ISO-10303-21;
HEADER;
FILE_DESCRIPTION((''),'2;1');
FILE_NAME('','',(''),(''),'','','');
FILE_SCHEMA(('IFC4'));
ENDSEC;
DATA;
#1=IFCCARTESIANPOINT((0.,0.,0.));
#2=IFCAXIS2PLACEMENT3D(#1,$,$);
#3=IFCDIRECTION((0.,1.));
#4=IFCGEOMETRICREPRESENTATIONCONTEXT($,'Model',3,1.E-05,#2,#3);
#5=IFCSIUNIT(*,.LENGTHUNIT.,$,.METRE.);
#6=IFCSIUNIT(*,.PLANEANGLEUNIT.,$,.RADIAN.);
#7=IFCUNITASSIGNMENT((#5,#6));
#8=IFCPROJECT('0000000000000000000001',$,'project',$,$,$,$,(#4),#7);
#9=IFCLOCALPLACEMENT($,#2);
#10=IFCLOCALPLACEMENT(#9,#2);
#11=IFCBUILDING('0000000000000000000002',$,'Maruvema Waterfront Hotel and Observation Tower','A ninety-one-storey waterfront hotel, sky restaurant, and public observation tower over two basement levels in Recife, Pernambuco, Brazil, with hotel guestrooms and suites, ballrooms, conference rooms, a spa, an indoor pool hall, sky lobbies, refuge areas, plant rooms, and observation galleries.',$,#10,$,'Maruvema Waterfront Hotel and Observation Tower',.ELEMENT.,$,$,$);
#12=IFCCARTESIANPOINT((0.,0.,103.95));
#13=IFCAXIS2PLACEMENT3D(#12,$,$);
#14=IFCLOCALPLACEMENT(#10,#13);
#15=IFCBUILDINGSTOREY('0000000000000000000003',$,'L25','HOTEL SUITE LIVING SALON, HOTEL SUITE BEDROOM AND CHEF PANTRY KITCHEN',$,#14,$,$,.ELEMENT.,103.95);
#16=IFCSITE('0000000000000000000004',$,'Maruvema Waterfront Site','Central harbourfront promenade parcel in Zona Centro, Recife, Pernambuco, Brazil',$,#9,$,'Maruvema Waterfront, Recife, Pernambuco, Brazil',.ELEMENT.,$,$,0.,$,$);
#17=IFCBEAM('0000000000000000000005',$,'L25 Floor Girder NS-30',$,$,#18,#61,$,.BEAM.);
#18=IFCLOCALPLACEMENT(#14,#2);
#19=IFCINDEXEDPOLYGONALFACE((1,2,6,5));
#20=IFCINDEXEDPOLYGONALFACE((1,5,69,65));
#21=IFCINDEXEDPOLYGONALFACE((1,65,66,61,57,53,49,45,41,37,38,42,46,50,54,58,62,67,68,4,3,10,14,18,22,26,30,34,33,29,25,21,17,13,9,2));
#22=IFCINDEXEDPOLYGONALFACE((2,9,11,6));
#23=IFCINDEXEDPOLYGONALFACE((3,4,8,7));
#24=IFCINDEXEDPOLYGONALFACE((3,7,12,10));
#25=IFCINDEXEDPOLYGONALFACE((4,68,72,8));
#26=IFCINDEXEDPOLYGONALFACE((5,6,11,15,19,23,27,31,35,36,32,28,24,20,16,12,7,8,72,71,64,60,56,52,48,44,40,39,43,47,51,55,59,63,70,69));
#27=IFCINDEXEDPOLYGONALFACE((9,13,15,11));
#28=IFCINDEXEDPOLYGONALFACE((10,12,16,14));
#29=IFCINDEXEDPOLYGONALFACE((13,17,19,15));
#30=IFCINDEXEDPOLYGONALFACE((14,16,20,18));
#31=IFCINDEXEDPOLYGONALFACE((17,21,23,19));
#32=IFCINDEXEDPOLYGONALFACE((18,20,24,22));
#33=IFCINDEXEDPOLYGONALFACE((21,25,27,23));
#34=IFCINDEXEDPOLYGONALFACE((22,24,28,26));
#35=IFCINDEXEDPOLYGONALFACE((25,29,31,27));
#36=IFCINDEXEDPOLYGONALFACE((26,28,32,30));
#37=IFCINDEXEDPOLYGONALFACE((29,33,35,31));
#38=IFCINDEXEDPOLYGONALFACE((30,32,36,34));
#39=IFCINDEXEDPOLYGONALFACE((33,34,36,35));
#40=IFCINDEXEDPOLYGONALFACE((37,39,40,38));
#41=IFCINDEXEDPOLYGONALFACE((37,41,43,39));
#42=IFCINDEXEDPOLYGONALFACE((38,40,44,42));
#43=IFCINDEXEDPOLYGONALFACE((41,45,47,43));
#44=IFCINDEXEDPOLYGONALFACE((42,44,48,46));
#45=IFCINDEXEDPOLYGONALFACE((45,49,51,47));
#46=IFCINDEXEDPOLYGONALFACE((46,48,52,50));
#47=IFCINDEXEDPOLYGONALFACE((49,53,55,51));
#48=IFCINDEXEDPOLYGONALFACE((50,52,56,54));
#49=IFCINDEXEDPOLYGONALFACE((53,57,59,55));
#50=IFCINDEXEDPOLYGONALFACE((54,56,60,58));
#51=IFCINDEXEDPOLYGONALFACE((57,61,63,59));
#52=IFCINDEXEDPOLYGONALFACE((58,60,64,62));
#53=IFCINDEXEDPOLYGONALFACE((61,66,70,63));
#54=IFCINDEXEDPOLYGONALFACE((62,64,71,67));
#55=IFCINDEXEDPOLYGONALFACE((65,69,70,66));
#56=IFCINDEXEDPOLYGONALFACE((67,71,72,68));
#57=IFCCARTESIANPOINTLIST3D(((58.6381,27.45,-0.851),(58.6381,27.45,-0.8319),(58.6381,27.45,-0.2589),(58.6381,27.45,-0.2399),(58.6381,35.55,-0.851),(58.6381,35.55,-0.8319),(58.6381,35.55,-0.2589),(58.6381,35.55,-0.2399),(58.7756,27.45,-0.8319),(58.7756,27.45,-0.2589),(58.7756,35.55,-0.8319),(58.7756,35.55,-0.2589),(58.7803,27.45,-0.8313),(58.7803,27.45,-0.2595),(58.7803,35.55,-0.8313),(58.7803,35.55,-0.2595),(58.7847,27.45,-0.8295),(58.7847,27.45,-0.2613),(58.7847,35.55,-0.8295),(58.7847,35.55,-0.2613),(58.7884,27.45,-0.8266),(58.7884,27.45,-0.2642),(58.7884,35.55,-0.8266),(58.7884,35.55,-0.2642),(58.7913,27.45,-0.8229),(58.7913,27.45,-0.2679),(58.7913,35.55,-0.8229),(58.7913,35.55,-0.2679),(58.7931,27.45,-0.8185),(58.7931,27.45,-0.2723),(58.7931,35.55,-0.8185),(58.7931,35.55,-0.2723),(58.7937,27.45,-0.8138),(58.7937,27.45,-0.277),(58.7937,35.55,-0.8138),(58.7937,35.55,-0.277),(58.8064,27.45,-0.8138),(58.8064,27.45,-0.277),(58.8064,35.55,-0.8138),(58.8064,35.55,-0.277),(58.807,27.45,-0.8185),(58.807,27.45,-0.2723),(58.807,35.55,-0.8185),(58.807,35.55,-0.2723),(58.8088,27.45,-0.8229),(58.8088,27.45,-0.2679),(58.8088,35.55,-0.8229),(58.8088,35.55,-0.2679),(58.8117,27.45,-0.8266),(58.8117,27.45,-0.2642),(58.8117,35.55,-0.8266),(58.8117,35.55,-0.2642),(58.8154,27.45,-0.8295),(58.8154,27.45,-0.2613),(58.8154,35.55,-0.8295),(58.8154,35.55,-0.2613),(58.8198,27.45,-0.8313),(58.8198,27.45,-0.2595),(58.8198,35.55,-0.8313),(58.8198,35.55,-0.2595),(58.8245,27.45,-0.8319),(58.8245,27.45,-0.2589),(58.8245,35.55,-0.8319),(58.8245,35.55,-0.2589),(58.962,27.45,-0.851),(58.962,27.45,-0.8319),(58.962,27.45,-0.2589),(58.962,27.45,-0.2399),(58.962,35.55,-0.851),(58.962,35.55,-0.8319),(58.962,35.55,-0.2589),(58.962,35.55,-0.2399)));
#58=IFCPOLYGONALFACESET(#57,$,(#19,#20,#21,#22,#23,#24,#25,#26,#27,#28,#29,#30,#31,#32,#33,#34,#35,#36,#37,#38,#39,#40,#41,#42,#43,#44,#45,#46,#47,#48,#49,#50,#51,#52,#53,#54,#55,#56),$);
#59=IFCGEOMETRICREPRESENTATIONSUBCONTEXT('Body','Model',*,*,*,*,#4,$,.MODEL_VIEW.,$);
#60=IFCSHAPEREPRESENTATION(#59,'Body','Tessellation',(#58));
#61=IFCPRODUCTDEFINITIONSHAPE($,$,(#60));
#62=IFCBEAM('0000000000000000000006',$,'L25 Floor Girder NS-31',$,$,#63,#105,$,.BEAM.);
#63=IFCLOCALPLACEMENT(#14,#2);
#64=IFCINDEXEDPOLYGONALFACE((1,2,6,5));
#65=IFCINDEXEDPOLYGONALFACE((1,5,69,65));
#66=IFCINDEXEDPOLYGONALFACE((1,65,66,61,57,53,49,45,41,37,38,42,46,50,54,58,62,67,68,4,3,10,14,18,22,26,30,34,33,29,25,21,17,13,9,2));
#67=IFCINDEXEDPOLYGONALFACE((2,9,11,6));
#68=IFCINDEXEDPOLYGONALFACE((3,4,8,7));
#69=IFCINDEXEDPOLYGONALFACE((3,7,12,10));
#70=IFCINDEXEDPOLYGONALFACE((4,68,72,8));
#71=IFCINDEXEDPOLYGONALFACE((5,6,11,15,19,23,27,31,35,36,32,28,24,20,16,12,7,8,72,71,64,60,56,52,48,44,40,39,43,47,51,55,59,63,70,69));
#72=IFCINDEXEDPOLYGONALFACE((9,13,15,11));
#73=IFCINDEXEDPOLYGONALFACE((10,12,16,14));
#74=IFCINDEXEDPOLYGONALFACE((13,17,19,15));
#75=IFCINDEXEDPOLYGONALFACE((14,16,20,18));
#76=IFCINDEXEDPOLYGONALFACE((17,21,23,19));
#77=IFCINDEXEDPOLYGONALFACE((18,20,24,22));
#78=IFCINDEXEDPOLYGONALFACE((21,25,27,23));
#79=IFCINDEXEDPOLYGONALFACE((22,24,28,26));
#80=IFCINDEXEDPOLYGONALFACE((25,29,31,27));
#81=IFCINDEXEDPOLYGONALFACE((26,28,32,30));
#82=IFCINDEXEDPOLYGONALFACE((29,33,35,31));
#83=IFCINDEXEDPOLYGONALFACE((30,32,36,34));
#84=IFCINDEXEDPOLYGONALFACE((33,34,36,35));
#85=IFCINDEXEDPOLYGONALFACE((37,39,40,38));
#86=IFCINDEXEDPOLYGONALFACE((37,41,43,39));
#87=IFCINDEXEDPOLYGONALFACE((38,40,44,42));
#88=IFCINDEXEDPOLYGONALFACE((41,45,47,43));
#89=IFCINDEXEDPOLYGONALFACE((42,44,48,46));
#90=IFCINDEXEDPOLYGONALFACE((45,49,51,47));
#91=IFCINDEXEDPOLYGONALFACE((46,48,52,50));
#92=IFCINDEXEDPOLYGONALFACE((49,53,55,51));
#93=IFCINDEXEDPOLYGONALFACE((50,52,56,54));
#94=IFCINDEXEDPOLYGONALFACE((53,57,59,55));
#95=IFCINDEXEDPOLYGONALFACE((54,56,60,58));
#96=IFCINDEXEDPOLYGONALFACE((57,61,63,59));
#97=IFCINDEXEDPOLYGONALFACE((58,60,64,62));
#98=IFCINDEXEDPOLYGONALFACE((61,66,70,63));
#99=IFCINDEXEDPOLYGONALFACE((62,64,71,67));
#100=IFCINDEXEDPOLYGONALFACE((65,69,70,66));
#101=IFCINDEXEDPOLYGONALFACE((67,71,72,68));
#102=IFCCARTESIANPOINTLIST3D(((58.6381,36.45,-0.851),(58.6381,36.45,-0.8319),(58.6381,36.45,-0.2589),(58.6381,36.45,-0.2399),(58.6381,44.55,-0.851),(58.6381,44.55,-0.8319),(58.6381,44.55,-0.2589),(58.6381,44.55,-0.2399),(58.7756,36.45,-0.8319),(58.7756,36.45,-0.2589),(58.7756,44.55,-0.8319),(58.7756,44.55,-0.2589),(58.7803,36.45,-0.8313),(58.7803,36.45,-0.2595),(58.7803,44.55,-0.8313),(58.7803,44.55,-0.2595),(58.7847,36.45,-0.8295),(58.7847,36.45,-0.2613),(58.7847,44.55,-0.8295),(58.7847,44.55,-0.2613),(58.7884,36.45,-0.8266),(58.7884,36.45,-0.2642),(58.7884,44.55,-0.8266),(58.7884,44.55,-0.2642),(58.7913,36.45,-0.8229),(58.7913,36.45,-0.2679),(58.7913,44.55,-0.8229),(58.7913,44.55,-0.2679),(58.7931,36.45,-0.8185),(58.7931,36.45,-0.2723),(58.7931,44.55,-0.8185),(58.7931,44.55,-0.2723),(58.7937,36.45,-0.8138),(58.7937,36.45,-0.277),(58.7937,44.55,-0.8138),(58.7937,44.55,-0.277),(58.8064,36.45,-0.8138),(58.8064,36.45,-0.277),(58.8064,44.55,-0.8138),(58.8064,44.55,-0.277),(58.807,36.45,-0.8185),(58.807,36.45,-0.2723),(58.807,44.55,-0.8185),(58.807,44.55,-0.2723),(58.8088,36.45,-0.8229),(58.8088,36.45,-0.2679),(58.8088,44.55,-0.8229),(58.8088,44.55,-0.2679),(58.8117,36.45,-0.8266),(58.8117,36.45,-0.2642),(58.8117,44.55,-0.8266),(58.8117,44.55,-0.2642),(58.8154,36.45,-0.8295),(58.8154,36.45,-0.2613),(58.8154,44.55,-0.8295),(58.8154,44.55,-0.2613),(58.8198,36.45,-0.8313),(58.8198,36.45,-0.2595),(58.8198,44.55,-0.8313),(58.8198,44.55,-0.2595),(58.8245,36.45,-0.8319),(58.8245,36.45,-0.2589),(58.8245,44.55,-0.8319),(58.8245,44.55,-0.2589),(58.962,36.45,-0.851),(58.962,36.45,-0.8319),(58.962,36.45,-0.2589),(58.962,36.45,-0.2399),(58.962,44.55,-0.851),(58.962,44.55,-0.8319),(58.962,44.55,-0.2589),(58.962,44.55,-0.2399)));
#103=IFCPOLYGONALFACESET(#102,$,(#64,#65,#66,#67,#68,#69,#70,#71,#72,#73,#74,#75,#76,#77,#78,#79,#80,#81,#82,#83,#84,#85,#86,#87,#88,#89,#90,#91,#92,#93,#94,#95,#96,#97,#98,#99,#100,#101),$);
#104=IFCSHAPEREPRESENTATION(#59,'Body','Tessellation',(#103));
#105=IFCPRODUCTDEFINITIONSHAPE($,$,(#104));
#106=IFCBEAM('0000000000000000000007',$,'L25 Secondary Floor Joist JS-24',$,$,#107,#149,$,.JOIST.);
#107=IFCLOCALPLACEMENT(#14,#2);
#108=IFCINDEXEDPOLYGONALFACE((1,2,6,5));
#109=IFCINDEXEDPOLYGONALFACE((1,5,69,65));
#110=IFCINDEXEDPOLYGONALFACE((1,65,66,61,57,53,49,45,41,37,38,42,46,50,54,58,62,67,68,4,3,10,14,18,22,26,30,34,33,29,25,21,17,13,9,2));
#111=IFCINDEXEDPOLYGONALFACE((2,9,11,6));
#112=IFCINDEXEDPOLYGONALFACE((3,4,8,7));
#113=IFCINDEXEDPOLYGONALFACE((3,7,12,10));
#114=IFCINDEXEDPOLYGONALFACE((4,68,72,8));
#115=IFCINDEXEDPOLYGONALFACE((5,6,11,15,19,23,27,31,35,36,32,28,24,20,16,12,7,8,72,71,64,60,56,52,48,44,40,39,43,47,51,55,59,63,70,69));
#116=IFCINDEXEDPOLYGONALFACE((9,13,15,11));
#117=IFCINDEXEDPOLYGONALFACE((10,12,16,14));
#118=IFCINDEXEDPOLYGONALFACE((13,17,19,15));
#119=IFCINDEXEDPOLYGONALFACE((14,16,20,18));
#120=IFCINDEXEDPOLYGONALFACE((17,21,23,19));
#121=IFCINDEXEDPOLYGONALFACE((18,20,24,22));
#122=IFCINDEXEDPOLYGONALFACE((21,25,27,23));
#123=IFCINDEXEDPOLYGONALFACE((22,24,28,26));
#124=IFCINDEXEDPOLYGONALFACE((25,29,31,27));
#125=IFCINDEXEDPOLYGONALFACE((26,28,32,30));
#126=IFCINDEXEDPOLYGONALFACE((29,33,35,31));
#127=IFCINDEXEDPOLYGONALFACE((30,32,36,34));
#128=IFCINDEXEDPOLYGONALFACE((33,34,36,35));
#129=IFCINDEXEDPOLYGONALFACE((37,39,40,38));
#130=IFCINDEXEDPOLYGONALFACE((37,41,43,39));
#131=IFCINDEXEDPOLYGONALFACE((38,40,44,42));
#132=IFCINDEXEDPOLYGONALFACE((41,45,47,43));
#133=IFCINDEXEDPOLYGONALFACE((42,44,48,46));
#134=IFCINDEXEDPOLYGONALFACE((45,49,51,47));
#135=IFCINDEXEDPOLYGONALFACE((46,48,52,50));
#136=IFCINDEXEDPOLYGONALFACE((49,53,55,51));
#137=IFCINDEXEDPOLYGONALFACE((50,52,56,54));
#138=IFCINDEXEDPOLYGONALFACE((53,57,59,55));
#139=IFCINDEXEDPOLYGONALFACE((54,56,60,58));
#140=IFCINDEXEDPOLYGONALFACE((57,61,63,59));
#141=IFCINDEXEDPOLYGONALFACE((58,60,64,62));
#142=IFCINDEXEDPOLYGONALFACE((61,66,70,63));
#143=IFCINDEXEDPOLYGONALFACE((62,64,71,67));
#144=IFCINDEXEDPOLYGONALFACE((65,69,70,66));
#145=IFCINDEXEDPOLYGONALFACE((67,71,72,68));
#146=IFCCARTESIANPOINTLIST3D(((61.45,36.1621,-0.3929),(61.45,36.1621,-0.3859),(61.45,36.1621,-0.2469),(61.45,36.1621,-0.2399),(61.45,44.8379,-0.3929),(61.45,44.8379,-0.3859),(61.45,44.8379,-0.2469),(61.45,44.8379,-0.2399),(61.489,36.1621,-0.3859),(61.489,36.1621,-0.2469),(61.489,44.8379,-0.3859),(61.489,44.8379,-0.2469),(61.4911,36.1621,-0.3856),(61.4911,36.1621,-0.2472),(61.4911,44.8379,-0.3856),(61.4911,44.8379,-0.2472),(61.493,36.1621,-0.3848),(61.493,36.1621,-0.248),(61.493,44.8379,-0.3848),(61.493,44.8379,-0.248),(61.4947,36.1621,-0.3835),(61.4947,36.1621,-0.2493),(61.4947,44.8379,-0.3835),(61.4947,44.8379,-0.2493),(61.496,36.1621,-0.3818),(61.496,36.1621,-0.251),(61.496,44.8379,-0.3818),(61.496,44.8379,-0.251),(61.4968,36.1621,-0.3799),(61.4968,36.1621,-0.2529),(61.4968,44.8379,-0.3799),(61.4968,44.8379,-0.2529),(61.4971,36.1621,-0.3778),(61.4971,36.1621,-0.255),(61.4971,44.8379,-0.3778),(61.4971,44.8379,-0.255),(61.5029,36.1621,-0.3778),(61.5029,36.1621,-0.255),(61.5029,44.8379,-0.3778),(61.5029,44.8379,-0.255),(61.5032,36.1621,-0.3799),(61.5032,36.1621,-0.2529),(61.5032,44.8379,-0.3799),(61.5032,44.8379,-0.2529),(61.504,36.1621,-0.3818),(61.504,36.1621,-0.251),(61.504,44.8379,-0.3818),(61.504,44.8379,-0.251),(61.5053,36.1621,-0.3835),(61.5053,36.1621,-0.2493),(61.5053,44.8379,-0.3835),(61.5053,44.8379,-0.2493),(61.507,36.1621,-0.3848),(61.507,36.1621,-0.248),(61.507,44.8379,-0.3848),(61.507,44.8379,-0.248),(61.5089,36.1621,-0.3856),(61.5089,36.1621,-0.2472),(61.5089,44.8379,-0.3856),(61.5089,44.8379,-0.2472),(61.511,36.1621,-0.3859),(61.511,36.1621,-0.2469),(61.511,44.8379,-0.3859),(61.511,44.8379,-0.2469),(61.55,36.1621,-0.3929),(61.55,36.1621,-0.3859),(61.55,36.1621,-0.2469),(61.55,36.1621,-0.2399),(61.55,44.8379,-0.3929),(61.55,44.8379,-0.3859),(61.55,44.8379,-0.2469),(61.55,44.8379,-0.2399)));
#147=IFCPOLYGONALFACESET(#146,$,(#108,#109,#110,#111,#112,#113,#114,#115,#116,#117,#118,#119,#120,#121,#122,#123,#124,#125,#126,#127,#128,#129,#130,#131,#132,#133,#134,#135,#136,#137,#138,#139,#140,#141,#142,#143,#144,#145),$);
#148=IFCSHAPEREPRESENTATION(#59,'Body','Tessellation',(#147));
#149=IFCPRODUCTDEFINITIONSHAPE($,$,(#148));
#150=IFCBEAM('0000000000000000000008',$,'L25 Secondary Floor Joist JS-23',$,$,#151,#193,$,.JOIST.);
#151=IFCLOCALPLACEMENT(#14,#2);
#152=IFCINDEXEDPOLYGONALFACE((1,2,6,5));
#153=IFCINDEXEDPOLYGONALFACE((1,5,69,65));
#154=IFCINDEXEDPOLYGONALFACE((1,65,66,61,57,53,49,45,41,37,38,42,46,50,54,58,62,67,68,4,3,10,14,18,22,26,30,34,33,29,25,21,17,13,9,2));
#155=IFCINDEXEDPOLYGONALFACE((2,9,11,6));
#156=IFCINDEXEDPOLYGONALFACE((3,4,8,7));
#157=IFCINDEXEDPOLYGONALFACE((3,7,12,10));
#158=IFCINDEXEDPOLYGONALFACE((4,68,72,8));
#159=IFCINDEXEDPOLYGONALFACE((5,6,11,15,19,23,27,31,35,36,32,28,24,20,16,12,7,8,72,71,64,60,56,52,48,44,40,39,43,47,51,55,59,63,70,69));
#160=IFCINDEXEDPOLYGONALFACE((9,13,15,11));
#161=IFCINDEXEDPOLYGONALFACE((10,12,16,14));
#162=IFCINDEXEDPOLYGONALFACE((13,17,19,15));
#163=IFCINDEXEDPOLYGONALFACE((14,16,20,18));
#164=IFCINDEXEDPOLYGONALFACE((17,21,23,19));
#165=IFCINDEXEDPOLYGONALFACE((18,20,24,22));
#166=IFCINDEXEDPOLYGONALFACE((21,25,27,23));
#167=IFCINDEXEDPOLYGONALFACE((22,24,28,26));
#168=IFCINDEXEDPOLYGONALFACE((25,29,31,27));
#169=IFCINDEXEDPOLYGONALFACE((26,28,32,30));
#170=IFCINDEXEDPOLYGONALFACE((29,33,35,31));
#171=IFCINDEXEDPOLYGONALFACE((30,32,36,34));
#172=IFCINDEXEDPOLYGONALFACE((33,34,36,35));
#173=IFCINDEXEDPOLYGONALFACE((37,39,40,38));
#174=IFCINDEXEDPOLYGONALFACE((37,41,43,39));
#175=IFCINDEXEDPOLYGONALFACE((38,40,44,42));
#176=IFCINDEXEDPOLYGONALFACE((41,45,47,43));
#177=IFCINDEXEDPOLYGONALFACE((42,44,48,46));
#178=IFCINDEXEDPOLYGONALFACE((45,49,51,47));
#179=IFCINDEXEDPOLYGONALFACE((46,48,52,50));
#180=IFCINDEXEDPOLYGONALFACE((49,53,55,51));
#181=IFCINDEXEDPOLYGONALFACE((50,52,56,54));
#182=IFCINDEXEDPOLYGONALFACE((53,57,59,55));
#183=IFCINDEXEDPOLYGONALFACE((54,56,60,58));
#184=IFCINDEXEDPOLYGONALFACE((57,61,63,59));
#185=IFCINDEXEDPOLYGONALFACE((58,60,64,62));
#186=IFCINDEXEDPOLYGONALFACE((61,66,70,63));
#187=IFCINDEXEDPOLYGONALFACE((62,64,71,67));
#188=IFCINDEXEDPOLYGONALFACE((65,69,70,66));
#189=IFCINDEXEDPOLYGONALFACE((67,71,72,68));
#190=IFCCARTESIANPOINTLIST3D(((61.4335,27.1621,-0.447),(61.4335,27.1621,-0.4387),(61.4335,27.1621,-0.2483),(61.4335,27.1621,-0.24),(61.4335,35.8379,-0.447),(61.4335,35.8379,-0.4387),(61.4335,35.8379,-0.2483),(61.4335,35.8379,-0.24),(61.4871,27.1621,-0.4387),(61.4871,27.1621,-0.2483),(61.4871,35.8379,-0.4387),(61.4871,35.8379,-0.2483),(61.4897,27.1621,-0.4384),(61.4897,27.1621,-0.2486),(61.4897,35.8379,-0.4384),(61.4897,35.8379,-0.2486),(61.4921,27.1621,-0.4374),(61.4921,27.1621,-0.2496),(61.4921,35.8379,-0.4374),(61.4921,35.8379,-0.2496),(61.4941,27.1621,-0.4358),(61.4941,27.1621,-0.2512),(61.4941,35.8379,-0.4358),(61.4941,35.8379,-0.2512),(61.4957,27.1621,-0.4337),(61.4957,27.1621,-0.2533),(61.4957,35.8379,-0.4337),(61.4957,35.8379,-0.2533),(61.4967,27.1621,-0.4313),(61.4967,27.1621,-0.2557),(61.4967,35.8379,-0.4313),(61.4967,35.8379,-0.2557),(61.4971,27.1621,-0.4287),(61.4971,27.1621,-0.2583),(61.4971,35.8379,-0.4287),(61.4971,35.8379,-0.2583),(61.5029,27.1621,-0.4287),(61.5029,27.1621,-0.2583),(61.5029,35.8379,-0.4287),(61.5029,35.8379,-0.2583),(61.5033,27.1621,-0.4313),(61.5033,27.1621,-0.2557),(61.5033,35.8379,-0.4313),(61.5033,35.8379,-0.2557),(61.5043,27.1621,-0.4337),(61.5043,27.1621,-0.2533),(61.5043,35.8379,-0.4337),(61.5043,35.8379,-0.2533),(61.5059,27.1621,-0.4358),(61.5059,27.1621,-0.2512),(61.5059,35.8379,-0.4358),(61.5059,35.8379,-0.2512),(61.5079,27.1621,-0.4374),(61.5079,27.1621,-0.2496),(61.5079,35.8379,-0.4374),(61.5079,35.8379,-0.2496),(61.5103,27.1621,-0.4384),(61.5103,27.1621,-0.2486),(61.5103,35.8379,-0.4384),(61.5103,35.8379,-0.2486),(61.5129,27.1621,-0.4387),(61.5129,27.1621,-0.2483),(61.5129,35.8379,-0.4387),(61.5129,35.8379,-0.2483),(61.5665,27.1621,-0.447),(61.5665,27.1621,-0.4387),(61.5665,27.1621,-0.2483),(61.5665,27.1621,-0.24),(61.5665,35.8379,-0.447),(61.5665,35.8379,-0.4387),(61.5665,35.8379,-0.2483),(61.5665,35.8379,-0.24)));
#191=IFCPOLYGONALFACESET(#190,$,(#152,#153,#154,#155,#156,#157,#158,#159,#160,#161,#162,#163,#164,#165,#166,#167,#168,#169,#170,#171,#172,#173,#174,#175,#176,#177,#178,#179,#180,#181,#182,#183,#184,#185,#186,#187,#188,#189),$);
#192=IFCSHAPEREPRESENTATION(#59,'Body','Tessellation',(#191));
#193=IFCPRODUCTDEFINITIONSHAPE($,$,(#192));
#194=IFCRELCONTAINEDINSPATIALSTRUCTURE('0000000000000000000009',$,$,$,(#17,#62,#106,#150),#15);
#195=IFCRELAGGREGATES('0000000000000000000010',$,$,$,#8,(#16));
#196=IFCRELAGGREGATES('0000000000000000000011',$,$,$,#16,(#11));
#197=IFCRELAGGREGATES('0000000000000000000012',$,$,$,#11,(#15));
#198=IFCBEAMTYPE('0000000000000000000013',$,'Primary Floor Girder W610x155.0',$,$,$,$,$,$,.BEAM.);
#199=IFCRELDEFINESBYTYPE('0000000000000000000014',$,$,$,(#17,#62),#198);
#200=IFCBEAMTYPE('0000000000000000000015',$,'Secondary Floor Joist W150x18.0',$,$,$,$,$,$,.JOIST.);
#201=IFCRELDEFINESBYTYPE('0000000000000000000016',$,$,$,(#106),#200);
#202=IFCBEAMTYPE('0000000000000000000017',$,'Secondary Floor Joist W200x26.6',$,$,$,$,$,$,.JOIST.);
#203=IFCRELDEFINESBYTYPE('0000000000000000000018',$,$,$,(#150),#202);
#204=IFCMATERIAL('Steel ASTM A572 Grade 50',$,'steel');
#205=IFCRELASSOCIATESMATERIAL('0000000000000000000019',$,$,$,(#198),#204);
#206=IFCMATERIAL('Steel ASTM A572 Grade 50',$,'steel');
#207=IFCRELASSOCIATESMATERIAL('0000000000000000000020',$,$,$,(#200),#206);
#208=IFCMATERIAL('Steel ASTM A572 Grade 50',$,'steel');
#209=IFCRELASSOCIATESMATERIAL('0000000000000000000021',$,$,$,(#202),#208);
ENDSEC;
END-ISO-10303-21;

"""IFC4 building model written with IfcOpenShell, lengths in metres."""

from ifc_helpers import new_model, si_unit, direction, frame, origin, origin_2d, place, context, subcontext, project, spatial, i_section, extrude, material, material_profile, profile_set, type_object, element, save


model = new_model("IFC4")

# Units and contexts
model_context = context("Model", 3, precision=1e-05, world=origin(), true_north=direction((0.0, 1.0)))
body_context = subcontext(model_context, "Body", "Model", "MODEL_VIEW")
ifc_project = project(units=[si_unit("LENGTHUNIT", "METRE"), si_unit("PLANEANGLEUNIT", "RADIAN")], contexts=[model_context])

# Site, building, storey
site_placement = place(None, origin())
site = spatial("IfcSite", under=ifc_project, at=site_placement, Name="Maruvema Waterfront Site", Description="Central harbourfront promenade parcel in Zona Centro, Recife, Pernambuco, Brazil", LongName="Maruvema Waterfront, Recife, Pernambuco, Brazil", CompositionType="ELEMENT", RefElevation=0.0)
building_placement = place(site_placement, origin())
building = spatial("IfcBuilding", under=site, at=building_placement, Name="Maruvema Waterfront Hotel and Observation Tower", Description="A ninety-one-storey waterfront hotel, sky restaurant, and public observation tower over two basement levels in Recife, Pernambuco, Brazil, with hotel guestrooms and suites, ballrooms, conference rooms, a spa, an indoor pool hall, sky lobbies, refuge areas, plant rooms, and observation galleries.", LongName="Maruvema Waterfront Hotel and Observation Tower", CompositionType="ELEMENT")
storey_placement = place(building_placement, frame((0.0, 0.0, 103.95)))
storey = spatial("IfcBuildingStorey", under=building, at=storey_placement, Name="L25", Description="HOTEL SUITE LIVING SALON, HOTEL SUITE BEDROOM AND CHEF PANTRY KITCHEN", CompositionType="ELEMENT", Elevation=103.95)

# Beams
ifc_material_1 = material(Name="Steel ASTM A572 Grade 50", Category="steel")
ifc_material_profile_1 = material_profile(ifc_material_1, i_section(OverallWidth=0.324, OverallDepth=0.6111, WebThickness=0.0127, FlangeThickness=0.019, FilletRadius=0.0181, at=origin_2d()), Name="W610x155.0")
ifc_profile_set_1 = profile_set([ifc_material_profile_1], Name="Steel ASTM A572 Grade 50")
beam_type_1 = type_object("IfcBeamType", Name="Primary Floor Girder W610x155.0", PredefinedType="BEAM", material=ifc_profile_set_1)
for number, where, z_axis, x_axis, name in (
    (1, (58.8, 27.45, -0.5454), (0.0, 1.0, 0.0), (-1.0, 0.0, 0.0), "L25 Floor Girder NS-30"),
    (2, (58.8, 36.45, -0.5454), (0.0, 1.0, 0.0), (-1.0, 0.0, 0.0), "L25 Floor Girder NS-31"),
):
    element("IfcBeam", number, at=place(storey_placement, frame(where, z_axis=z_axis, x_axis=x_axis)), inside=storey, type_object=beam_type_1, Name=name, PredefinedType="BEAM", context=body_context, shape_type="SweptSolid", body=[
        extrude(i_section(OverallWidth=0.324, OverallDepth=0.6111, WebThickness=0.0127, FlangeThickness=0.019, FilletRadius=0.0181, at=origin_2d()), origin(), (0.0, 0.0, 1.0), 8.1001),
    ])
ifc_material_2 = material(Name="Steel ASTM A572 Grade 50", Category="steel")
ifc_material_profile_2 = material_profile(ifc_material_2, i_section(OverallWidth=0.1001, OverallDepth=0.1531, WebThickness=0.0059, FlangeThickness=0.0071, FilletRadius=0.0081, at=origin_2d()), Name="W150x18.0")
ifc_profile_set_2 = profile_set([ifc_material_profile_2], Name="Steel ASTM A572 Grade 50")
beam_type_2 = type_object("IfcBeamType", Name="Secondary Floor Joist W150x18.0", PredefinedType="JOIST", material=ifc_profile_set_2)
beam_1_placement = place(storey_placement, frame((61.5, 36.1621, -0.3164), z_axis=(0.0, 1.0, 0.0), x_axis=(-1.0, 0.0, 0.0)))
element("IfcBeam", 3, at=beam_1_placement, inside=storey, type_object=beam_type_2, Name="L25 Secondary Floor Joist JS-24", PredefinedType="JOIST", context=body_context, shape_type="SweptSolid", body=[
    extrude(i_section(OverallWidth=0.1001, OverallDepth=0.1531, WebThickness=0.0059, FlangeThickness=0.0071, FilletRadius=0.0081, at=origin_2d()), origin(), (0.0, 0.0, 1.0), 8.6758),
])
ifc_material_3 = material(Name="Steel ASTM A572 Grade 50", Category="steel")
ifc_material_profile_3 = material_profile(ifc_material_3, i_section(OverallWidth=0.1331, OverallDepth=0.207, WebThickness=0.0059, FlangeThickness=0.0083, FilletRadius=0.01, at=origin_2d()), Name="W200x26.6")
ifc_profile_set_3 = profile_set([ifc_material_profile_3], Name="Steel ASTM A572 Grade 50")
beam_type_3 = type_object("IfcBeamType", Name="Secondary Floor Joist W200x26.6", PredefinedType="JOIST", material=ifc_profile_set_3)
beam_2_placement = place(storey_placement, frame((61.5, 27.1621, -0.3435), z_axis=(0.0, 1.0, 0.0), x_axis=(-1.0, 0.0, 0.0)))
element("IfcBeam", 4, at=beam_2_placement, inside=storey, type_object=beam_type_3, Name="L25 Secondary Floor Joist JS-23", PredefinedType="JOIST", context=body_context, shape_type="SweptSolid", body=[
    extrude(i_section(OverallWidth=0.1331, OverallDepth=0.207, WebThickness=0.0059, FlangeThickness=0.0083, FilletRadius=0.01, at=origin_2d()), origin(), (0.0, 0.0, 1.0), 8.6758),
])

save(model, "model.ifc")
